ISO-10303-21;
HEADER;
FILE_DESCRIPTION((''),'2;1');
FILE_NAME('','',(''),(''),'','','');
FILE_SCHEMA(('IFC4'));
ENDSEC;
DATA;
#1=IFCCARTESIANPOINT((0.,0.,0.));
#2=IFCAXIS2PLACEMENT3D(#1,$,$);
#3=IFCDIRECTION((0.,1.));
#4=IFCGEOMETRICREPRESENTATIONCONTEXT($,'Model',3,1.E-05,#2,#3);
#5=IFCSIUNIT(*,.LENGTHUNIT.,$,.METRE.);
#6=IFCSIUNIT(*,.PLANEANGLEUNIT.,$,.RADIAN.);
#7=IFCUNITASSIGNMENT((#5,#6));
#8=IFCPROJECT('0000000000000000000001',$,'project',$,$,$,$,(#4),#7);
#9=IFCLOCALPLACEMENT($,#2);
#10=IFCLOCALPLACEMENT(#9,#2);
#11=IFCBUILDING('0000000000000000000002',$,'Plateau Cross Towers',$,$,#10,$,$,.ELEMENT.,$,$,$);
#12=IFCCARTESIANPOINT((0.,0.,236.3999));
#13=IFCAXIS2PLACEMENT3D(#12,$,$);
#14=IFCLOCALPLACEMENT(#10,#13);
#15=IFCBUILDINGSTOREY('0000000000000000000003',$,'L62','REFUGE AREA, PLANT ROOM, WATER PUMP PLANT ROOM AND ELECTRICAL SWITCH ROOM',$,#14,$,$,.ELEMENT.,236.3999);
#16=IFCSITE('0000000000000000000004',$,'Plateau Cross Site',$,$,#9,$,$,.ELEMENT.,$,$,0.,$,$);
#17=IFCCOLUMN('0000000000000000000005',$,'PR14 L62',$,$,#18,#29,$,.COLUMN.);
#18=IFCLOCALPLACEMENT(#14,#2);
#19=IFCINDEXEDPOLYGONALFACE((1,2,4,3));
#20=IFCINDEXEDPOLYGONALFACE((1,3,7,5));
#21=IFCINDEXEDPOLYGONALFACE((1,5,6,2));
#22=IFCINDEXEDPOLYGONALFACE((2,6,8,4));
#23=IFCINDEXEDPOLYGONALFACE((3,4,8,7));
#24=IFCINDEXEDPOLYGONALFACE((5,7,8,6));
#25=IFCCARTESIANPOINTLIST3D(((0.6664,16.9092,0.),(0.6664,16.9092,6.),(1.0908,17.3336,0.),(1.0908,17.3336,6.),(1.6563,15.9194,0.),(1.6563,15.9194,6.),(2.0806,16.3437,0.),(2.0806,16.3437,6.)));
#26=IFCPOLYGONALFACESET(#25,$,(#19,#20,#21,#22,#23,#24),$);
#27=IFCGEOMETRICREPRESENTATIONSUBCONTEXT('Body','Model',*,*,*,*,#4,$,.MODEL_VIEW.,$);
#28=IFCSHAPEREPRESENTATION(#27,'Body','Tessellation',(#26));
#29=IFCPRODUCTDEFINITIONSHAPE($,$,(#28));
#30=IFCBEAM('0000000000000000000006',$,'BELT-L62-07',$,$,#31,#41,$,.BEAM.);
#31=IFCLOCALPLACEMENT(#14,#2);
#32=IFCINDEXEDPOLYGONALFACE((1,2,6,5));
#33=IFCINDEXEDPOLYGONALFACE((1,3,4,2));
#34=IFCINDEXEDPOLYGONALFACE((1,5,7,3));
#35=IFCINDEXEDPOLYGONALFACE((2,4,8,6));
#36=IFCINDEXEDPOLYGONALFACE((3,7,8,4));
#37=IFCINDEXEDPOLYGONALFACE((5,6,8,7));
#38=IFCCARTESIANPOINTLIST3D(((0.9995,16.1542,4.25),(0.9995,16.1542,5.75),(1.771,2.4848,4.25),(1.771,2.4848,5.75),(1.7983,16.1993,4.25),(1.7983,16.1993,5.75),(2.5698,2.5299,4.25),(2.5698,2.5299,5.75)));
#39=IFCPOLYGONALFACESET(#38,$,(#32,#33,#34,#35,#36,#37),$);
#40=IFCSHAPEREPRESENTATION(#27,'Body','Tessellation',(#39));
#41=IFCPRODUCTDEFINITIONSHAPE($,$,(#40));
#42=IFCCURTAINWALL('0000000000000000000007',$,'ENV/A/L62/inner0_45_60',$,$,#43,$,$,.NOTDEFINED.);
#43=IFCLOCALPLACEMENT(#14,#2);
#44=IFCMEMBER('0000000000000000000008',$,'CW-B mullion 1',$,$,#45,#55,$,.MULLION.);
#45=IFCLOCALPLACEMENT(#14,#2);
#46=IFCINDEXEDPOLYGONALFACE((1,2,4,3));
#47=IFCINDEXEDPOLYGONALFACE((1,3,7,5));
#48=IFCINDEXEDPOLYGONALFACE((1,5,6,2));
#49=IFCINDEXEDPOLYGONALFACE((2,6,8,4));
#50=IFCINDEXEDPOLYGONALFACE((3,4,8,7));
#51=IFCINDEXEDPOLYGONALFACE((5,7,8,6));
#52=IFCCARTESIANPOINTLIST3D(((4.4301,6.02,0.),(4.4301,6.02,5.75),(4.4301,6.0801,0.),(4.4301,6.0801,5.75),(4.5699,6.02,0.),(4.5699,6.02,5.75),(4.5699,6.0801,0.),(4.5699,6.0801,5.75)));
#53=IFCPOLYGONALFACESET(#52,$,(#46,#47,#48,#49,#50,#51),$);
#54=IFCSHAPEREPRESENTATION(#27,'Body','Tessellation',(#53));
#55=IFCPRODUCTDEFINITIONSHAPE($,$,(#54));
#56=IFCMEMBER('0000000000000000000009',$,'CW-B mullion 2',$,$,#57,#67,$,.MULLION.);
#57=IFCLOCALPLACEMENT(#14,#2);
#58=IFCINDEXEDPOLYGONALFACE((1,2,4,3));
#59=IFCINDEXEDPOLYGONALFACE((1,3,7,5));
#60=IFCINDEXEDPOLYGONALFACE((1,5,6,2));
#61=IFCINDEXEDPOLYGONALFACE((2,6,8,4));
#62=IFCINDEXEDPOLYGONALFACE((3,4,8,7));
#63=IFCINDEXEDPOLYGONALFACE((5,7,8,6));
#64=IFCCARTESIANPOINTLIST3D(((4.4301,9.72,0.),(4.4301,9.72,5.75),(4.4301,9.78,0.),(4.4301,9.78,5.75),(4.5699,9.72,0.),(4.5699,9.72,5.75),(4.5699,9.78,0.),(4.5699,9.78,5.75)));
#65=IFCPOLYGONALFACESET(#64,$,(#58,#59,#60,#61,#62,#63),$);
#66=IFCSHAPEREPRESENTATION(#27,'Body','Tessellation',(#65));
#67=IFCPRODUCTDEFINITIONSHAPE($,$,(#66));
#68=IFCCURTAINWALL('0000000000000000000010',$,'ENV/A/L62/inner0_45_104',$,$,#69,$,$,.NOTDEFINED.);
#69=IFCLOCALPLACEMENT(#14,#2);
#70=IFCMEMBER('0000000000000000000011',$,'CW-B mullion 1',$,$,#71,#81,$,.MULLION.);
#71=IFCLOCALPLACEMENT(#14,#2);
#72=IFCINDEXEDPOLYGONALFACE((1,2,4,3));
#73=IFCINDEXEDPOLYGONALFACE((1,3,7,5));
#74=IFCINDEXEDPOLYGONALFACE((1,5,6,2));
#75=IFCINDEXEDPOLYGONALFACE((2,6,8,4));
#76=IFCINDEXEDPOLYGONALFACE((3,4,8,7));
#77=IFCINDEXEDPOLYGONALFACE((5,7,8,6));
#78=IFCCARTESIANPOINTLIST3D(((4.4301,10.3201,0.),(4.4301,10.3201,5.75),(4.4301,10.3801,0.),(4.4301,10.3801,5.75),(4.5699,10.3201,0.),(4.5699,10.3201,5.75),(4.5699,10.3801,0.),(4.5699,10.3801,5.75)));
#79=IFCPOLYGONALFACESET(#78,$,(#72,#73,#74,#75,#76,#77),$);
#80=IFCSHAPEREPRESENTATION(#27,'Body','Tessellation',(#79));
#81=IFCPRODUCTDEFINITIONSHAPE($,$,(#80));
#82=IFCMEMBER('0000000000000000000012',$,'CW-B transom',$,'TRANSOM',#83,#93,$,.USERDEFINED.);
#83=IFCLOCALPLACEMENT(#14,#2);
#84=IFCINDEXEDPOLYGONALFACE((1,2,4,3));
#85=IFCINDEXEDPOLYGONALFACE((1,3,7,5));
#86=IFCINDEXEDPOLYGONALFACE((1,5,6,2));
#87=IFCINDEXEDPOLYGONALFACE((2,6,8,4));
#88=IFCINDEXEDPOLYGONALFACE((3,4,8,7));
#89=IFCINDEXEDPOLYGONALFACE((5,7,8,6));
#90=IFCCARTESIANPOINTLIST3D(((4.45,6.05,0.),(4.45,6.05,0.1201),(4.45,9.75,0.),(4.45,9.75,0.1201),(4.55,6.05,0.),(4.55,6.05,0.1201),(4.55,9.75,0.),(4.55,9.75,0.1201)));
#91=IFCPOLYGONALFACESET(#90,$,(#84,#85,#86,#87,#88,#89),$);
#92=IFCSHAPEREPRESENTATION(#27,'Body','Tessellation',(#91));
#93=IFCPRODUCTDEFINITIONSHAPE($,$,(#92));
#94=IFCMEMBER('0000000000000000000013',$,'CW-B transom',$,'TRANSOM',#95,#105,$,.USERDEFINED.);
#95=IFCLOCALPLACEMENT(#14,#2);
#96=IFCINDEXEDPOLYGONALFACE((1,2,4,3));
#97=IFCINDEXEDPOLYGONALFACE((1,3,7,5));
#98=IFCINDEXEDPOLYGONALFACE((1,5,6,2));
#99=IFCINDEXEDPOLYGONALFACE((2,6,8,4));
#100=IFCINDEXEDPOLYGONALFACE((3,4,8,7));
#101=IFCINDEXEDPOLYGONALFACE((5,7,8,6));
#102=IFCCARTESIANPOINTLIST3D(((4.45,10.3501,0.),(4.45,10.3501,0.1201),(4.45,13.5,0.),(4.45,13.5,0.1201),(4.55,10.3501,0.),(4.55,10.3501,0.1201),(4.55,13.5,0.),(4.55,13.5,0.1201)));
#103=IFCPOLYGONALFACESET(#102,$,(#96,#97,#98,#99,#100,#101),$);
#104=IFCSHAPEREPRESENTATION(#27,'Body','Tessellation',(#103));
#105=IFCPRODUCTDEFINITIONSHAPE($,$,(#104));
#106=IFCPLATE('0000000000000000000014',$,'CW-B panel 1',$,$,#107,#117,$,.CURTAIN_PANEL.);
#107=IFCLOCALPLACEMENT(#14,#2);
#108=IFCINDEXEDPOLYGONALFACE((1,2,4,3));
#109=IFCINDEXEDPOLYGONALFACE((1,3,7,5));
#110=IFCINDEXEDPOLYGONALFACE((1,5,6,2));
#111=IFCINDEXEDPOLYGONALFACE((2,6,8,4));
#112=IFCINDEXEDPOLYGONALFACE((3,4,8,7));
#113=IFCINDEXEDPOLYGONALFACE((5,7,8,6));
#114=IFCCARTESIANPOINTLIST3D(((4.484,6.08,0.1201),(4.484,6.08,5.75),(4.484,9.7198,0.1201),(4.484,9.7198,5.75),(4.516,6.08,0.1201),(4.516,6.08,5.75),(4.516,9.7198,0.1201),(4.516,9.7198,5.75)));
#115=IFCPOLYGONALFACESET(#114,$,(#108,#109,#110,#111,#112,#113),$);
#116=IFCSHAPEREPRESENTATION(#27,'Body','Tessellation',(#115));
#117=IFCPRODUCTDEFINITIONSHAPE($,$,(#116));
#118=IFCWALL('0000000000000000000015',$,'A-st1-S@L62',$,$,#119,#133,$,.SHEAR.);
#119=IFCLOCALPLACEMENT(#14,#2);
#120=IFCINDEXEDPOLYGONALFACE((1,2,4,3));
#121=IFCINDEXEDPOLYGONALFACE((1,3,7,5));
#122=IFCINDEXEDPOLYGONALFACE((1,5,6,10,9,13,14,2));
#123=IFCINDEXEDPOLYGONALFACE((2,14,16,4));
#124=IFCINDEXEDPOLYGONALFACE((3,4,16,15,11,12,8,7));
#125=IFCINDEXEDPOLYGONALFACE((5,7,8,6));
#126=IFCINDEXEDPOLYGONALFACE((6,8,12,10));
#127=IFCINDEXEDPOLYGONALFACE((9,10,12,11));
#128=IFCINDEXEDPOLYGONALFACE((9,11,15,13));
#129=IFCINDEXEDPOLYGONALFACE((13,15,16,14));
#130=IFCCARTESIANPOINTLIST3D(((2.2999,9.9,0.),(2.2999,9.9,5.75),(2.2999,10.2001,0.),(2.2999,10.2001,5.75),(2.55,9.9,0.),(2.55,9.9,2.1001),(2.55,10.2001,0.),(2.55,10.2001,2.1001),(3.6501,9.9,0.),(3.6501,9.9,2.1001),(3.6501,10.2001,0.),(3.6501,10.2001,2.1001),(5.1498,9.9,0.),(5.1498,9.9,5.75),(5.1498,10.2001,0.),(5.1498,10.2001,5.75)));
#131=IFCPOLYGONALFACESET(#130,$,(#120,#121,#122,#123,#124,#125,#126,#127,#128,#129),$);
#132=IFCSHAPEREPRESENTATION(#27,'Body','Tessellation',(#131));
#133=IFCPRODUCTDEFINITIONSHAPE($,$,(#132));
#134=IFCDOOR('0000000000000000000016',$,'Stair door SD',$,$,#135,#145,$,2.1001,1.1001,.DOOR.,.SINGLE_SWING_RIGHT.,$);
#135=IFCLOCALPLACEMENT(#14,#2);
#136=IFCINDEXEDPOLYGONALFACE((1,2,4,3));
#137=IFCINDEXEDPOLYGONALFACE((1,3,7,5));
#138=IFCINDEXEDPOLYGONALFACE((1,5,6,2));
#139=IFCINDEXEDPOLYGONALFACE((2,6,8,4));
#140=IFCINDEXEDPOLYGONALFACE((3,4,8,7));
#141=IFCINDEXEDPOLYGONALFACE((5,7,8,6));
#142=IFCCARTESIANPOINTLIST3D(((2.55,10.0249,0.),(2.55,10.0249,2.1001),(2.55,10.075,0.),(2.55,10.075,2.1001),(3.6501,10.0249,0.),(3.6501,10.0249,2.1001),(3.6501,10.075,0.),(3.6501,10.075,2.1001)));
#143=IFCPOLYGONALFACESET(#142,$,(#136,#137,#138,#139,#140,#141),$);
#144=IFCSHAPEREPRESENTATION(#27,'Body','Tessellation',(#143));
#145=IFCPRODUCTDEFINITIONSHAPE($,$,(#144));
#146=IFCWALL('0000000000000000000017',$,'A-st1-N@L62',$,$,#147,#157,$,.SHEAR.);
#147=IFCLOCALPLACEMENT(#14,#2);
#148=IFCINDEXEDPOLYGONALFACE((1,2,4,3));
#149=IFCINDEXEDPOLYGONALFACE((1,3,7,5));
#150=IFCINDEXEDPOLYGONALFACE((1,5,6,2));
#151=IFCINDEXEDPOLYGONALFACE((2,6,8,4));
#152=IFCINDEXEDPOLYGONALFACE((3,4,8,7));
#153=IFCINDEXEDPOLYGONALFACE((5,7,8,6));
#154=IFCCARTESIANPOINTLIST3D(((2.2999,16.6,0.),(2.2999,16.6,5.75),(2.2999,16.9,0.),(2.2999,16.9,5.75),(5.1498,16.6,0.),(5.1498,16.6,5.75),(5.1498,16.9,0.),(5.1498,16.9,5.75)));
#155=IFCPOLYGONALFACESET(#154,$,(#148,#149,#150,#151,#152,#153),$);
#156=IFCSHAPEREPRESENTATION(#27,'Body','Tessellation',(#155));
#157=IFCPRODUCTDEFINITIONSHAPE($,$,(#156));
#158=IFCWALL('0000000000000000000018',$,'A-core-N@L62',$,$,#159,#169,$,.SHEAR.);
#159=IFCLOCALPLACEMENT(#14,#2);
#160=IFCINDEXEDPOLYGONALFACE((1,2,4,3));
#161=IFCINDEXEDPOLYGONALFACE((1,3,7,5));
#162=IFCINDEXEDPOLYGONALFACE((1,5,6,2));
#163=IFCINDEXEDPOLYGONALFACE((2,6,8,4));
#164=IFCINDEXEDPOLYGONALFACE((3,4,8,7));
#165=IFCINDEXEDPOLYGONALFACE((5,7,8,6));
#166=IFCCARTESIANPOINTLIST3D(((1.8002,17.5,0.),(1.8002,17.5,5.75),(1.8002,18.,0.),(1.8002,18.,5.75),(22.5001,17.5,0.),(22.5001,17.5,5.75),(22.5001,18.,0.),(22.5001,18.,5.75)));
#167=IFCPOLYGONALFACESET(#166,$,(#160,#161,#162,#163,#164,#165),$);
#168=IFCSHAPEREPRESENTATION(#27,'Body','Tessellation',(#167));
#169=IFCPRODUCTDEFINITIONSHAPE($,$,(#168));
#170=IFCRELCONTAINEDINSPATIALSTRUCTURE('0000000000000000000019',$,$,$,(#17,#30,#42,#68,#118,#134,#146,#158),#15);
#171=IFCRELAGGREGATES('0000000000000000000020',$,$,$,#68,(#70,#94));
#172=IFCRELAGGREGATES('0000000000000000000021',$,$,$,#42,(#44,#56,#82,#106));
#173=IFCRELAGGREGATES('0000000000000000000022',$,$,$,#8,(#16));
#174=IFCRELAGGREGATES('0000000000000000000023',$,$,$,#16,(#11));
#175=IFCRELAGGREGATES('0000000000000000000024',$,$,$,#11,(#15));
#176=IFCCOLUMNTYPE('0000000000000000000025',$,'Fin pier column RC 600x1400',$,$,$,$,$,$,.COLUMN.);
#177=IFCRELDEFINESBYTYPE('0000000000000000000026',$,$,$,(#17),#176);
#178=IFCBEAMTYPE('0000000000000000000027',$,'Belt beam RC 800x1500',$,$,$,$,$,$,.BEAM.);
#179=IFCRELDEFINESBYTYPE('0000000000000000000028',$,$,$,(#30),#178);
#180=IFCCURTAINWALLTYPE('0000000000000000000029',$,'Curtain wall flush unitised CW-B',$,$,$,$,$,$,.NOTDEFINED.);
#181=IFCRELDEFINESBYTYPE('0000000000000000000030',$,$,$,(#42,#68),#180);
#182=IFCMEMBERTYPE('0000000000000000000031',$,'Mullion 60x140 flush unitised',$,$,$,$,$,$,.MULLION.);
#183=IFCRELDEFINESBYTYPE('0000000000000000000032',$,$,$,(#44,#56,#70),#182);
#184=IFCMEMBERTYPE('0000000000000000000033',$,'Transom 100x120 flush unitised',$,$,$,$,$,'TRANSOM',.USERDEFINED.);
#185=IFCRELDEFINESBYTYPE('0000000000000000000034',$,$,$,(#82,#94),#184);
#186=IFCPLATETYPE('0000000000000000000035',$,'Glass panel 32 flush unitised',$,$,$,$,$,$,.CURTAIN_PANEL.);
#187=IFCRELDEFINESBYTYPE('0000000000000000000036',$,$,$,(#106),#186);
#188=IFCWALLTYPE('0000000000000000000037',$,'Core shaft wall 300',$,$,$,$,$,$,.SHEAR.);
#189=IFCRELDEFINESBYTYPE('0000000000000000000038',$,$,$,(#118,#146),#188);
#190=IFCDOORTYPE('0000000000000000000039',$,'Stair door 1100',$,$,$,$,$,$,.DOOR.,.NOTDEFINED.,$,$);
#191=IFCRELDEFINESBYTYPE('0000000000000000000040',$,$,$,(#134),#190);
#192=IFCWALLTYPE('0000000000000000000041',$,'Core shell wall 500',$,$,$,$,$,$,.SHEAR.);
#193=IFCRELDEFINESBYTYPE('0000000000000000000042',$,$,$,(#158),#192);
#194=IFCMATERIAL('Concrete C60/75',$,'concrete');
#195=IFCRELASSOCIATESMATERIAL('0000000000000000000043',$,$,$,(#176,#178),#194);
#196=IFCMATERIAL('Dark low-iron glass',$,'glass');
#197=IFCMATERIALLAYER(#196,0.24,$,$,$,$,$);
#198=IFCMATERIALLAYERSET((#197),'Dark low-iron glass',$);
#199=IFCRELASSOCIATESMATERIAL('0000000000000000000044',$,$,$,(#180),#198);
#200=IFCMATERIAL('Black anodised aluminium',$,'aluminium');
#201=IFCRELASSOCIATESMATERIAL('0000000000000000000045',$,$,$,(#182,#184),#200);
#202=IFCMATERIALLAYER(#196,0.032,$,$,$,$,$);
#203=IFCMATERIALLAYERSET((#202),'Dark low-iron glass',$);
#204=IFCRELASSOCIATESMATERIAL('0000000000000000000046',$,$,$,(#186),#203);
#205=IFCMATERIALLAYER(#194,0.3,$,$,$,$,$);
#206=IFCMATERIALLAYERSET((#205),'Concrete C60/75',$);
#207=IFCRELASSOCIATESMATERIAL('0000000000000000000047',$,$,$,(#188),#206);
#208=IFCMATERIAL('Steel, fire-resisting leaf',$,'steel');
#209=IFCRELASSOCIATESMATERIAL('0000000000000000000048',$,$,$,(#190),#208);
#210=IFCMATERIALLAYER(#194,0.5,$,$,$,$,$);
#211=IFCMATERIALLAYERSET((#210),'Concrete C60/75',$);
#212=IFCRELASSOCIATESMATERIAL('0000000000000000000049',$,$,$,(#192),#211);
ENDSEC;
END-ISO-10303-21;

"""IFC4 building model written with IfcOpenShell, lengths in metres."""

from ifc_helpers import new_model, si_unit, direction, frame, frame_2d, origin, origin_2d, place, context, subcontext, project, spatial, rectangle, extrude, material, layer, layer_set, material_profile, profile_set, type_object, element, fill, aggregate, save


model = new_model("IFC4")

# Units and contexts
model_context = context("Model", 3, precision=1e-05, world=origin(), true_north=direction((0.0, 1.0)))
body_context = subcontext(model_context, "Body", "Model", "MODEL_VIEW")
ifc_project = project(units=[si_unit("LENGTHUNIT", "METRE"), si_unit("PLANEANGLEUNIT", "RADIAN")], contexts=[model_context])

# Site, building, storey
site_placement = place(None, origin())
site = spatial("IfcSite", under=ifc_project, at=site_placement, Name="Plateau Cross Site", CompositionType="ELEMENT", RefElevation=0.0)
building_placement = place(site_placement, origin())
building = spatial("IfcBuilding", under=site, at=building_placement, Name="Plateau Cross Towers", CompositionType="ELEMENT")
storey_placement = place(building_placement, frame((0.0, 0.0, 236.3999)))
storey = spatial("IfcBuildingStorey", under=building, at=storey_placement, Name="L62", Description="REFUGE AREA, PLANT ROOM, WATER PUMP PLANT ROOM AND ELECTRICAL SWITCH ROOM", CompositionType="ELEMENT", Elevation=236.3999)

# Column
ifc_material_1 = material(Name="Concrete C60/75", Category="concrete")
ifc_material_profile_1 = material_profile(ifc_material_1, rectangle(XDim=0.6001, YDim=1.3999, at=origin_2d()), Name="RC 600x1400")
ifc_profile_set_1 = profile_set([ifc_material_profile_1], Name="Concrete C60/75")
column_type = type_object("IfcColumnType", Name="Fin pier column RC 600x1400", PredefinedType="COLUMN", material=ifc_profile_set_1)
column_placement = place(storey_placement, frame((1.3735, 16.6265, 0.0), z_axis=(0.0, 0.0, 1.0), x_axis=(0.707107, 0.707107, 0.0)))
element("IfcColumn", 1, at=column_placement, inside=storey, type_object=column_type, Name="PR14 L62", PredefinedType="COLUMN", context=body_context, shape_type="SweptSolid", body=[
    extrude(rectangle(XDim=0.6001, YDim=1.3999, at=origin_2d()), origin(), (0.0, 0.0, 1.0), 6.0),
])

# Beam
ifc_material_profile_2 = material_profile(ifc_material_1, rectangle(XDim=0.8, YDim=1.5, at=origin_2d()), Name="RC 800x1500")
ifc_profile_set_2 = profile_set([ifc_material_profile_2], Name="Concrete C60/75")
beam_type = type_object("IfcBeamType", Name="Belt beam RC 800x1500", PredefinedType="BEAM", material=ifc_profile_set_2)
beam_placement = place(storey_placement, frame((1.3989, 16.1768, 5.0), z_axis=(0.056349, -0.998411, 0.0), x_axis=(0.998411, 0.056349, 0.0)))
element("IfcBeam", 2, at=beam_placement, inside=storey, type_object=beam_type, Name="BELT-L62-07", PredefinedType="BEAM", context=body_context, shape_type="SweptSolid", body=[
    extrude(rectangle(XDim=0.8, YDim=1.5, at=origin_2d()), origin(), (0.0, 0.0, 1.0), 13.6912),
])

# Curtain wall, members
ifc_material_2 = material(Name="Dark low-iron glass", Category="glass")
ifc_layer_1 = layer(ifc_material_2, 0.24)
ifc_layer_set_1 = layer_set([ifc_layer_1], Name="Dark low-iron glass")
curtain_wall_type = type_object("IfcCurtainWallType", Name="Curtain wall flush unitised CW-B", PredefinedType="NOTDEFINED", material=ifc_layer_set_1)
curtain_wall_1_placement = place(storey_placement, origin())
curtain_wall_1 = element("IfcCurtainWall", 3, at=curtain_wall_1_placement, inside=storey, type_object=curtain_wall_type, Name="ENV/A/L62/inner0_45_60", PredefinedType="NOTDEFINED")
ifc_material_3 = material(Name="Black anodised aluminium", Category="aluminium")
ifc_material_profile_3 = material_profile(ifc_material_3, rectangle(XDim=0.0601, YDim=0.1399, at=origin_2d()), Name="MULLION 60x140")
ifc_profile_set_3 = profile_set([ifc_material_profile_3], Name="Black anodised aluminium")
member_type_1 = type_object("IfcMemberType", Name="Mullion 60x140 flush unitised", PredefinedType="MULLION", material=ifc_profile_set_3)
member_1_placement = place(storey_placement, frame((4.5, 6.05, 0.0), z_axis=(0.0, 0.0, 1.0), x_axis=(0.0, 1.0, 0.0)))
member_1 = element("IfcMember", 4, at=member_1_placement, type_object=member_type_1, Name="CW-B mullion 1", PredefinedType="MULLION", context=body_context, shape_type="SweptSolid", body=[
    extrude(rectangle(XDim=0.0601, YDim=0.1399, at=origin_2d()), origin(), (0.0, 0.0, 1.0), 5.75),
])
member_2_placement = place(storey_placement, frame((4.5, 9.75, 0.0), z_axis=(0.0, 0.0, 1.0), x_axis=(0.0, 1.0, 0.0)))
member_2 = element("IfcMember", 5, at=member_2_placement, type_object=member_type_1, Name="CW-B mullion 2", PredefinedType="MULLION", context=body_context, shape_type="SweptSolid", body=[
    extrude(rectangle(XDim=0.0601, YDim=0.1399, at=origin_2d()), origin(), (0.0, 0.0, 1.0), 5.75),
])

# Curtain wall, member
curtain_wall_2_placement = place(storey_placement, origin())
curtain_wall_2 = element("IfcCurtainWall", 6, at=curtain_wall_2_placement, inside=storey, type_object=curtain_wall_type, Name="ENV/A/L62/inner0_45_104", PredefinedType="NOTDEFINED")
member_3_placement = place(storey_placement, frame((4.5, 10.3501, 0.0), z_axis=(0.0, 0.0, 1.0), x_axis=(0.0, 1.0, 0.0)))
member_3 = element("IfcMember", 7, at=member_3_placement, type_object=member_type_1, Name="CW-B mullion 1", PredefinedType="MULLION", context=body_context, shape_type="SweptSolid", body=[
    extrude(rectangle(XDim=0.0601, YDim=0.1399, at=origin_2d()), origin(), (0.0, 0.0, 1.0), 5.75),
])

# Members
ifc_material_profile_4 = material_profile(ifc_material_3, rectangle(XDim=0.1001, YDim=0.1201, at=origin_2d()), Name="TRANSOM 100x120")
ifc_profile_set_4 = profile_set([ifc_material_profile_4], Name="Black anodised aluminium")
member_type_2 = type_object("IfcMemberType", Name="Transom 100x120 flush unitised", ElementType="TRANSOM", PredefinedType="USERDEFINED", material=ifc_profile_set_4)
member_4_placement = place(storey_placement, frame((4.5, 6.05, 0.0601), z_axis=(0.0, 1.0, 0.0), x_axis=(-1.0, 0.0, 0.0)))
member_4 = element("IfcMember", 8, at=member_4_placement, type_object=member_type_2, Name="CW-B transom", ObjectType="TRANSOM", PredefinedType="USERDEFINED", context=body_context, shape_type="SweptSolid", body=[
    extrude(rectangle(XDim=0.1001, YDim=0.1201, at=origin_2d()), origin(), (0.0, 0.0, 1.0), 3.7),
])
member_5_placement = place(storey_placement, frame((4.5, 10.3501, 0.0601), z_axis=(0.0, 1.0, 0.0), x_axis=(-1.0, 0.0, 0.0)))
member_5 = element("IfcMember", 9, at=member_5_placement, type_object=member_type_2, Name="CW-B transom", ObjectType="TRANSOM", PredefinedType="USERDEFINED", context=body_context, shape_type="SweptSolid", body=[
    extrude(rectangle(XDim=0.1001, YDim=0.1201, at=origin_2d()), origin(), (0.0, 0.0, 1.0), 3.1499),
])
aggregate(curtain_wall_2, [member_3, member_5])

# Plate
ifc_layer_2 = layer(ifc_material_2, 0.032)
ifc_layer_set_2 = layer_set([ifc_layer_2], Name="Dark low-iron glass")
plate_type = type_object("IfcPlateType", Name="Glass panel 32 flush unitised", PredefinedType="CURTAIN_PANEL", material=ifc_layer_set_2)
plate_placement = place(storey_placement, frame((4.5, 7.8999, 0.1201), z_axis=(0.0, 0.0, 1.0), x_axis=(0.0, 1.0, 0.0)))
plate = element("IfcPlate", 10, at=plate_placement, type_object=plate_type, Name="CW-B panel 1", PredefinedType="CURTAIN_PANEL", context=body_context, shape_type="SweptSolid", body=[
    extrude(rectangle(XDim=3.6399, YDim=0.032, at=origin_2d()), origin(), (0.0, 0.0, 1.0), 5.6299),
])
aggregate(curtain_wall_1, [member_1, member_2, member_4, plate])

# Wall, opening, door
ifc_layer_3 = layer(ifc_material_1, 0.3)
ifc_layer_set_3 = layer_set([ifc_layer_3], Name="Concrete C60/75")
wall_type_1 = type_object("IfcWallType", Name="Core shaft wall 300", PredefinedType="SHEAR", material=ifc_layer_set_3)
wall_1_placement = place(storey_placement, frame((2.3, 10.05, 0.0), z_axis=(0.0, 0.0, 1.0), x_axis=(1.0, 0.0, 0.0)))
wall_1 = element("IfcWall", 11, at=wall_1_placement, inside=storey, type_object=wall_type_1, Name="A-st1-S@L62", PredefinedType="SHEAR", context=body_context, shape_type="SweptSolid", body=[
    extrude(rectangle(XDim=2.8499, YDim=0.3, at=frame_2d((1.4248, 0.0))), origin(), (0.0, 0.0, 1.0), 5.75),
])
opening_placement = place(wall_1_placement, frame((0.25, 0.0, 0.0)))
opening = element("IfcOpeningElement", 12, at=opening_placement, cuts=wall_1, PredefinedType="OPENING", context=body_context, shape_type="SweptSolid", body=[
    extrude(rectangle(XDim=1.1001, YDim=2.1001, at=frame_2d((0.55, 1.05))), frame((0.0, 0.1599, 0.0), z_axis=(0.0, -1.0, 0.0), x_axis=(1.0, 0.0, 0.0)), (0.0, 0.0, 1.0), 0.3201),
])
ifc_material_4 = material(Name="Steel, fire-resisting leaf", Category="steel")
door_type = type_object("IfcDoorType", Name="Stair door 1100", OperationType="NOTDEFINED", PredefinedType="DOOR", material=ifc_material_4)
door_placement = place(opening_placement, origin())
door = element("IfcDoor", 13, at=door_placement, inside=storey, type_object=door_type, Name="Stair door SD", OperationType="SINGLE_SWING_RIGHT", OverallHeight=2.1001, OverallWidth=1.1001, PredefinedType="DOOR", context=body_context, shape_type="SweptSolid", body=[
    extrude(rectangle(XDim=1.1001, YDim=2.1001, at=frame_2d((0.55, 1.05))), frame((0.0, 0.0249, 0.0), z_axis=(0.0, -1.0, 0.0), x_axis=(1.0, 0.0, 0.0)), (0.0, 0.0, 1.0), 0.05),
])
fill(opening, door)

# Walls
wall_2_placement = place(storey_placement, frame((2.3, 16.75, 0.0), z_axis=(0.0, 0.0, 1.0), x_axis=(1.0, 0.0, 0.0)))
element("IfcWall", 14, at=wall_2_placement, inside=storey, type_object=wall_type_1, Name="A-st1-N@L62", PredefinedType="SHEAR", context=body_context, shape_type="SweptSolid", body=[
    extrude(rectangle(XDim=2.8499, YDim=0.3, at=frame_2d((1.4248, 0.0))), origin(), (0.0, 0.0, 1.0), 5.75),
])
ifc_layer_4 = layer(ifc_material_1, 0.5)
ifc_layer_set_4 = layer_set([ifc_layer_4], Name="Concrete C60/75")
wall_type_2 = type_object("IfcWallType", Name="Core shell wall 500", PredefinedType="SHEAR", material=ifc_layer_set_4)
wall_3_placement = place(storey_placement, frame((1.8, 17.75, 0.0), z_axis=(0.0, 0.0, 1.0), x_axis=(1.0, 0.0, 0.0)))
element("IfcWall", 15, at=wall_3_placement, inside=storey, type_object=wall_type_2, Name="A-core-N@L62", PredefinedType="SHEAR", context=body_context, shape_type="SweptSolid", body=[
    extrude(rectangle(XDim=20.7, YDim=0.5, at=frame_2d((10.3501, 0.0))), origin(), (0.0, 0.0, 1.0), 5.75),
])

save(model, "model.ifc")
